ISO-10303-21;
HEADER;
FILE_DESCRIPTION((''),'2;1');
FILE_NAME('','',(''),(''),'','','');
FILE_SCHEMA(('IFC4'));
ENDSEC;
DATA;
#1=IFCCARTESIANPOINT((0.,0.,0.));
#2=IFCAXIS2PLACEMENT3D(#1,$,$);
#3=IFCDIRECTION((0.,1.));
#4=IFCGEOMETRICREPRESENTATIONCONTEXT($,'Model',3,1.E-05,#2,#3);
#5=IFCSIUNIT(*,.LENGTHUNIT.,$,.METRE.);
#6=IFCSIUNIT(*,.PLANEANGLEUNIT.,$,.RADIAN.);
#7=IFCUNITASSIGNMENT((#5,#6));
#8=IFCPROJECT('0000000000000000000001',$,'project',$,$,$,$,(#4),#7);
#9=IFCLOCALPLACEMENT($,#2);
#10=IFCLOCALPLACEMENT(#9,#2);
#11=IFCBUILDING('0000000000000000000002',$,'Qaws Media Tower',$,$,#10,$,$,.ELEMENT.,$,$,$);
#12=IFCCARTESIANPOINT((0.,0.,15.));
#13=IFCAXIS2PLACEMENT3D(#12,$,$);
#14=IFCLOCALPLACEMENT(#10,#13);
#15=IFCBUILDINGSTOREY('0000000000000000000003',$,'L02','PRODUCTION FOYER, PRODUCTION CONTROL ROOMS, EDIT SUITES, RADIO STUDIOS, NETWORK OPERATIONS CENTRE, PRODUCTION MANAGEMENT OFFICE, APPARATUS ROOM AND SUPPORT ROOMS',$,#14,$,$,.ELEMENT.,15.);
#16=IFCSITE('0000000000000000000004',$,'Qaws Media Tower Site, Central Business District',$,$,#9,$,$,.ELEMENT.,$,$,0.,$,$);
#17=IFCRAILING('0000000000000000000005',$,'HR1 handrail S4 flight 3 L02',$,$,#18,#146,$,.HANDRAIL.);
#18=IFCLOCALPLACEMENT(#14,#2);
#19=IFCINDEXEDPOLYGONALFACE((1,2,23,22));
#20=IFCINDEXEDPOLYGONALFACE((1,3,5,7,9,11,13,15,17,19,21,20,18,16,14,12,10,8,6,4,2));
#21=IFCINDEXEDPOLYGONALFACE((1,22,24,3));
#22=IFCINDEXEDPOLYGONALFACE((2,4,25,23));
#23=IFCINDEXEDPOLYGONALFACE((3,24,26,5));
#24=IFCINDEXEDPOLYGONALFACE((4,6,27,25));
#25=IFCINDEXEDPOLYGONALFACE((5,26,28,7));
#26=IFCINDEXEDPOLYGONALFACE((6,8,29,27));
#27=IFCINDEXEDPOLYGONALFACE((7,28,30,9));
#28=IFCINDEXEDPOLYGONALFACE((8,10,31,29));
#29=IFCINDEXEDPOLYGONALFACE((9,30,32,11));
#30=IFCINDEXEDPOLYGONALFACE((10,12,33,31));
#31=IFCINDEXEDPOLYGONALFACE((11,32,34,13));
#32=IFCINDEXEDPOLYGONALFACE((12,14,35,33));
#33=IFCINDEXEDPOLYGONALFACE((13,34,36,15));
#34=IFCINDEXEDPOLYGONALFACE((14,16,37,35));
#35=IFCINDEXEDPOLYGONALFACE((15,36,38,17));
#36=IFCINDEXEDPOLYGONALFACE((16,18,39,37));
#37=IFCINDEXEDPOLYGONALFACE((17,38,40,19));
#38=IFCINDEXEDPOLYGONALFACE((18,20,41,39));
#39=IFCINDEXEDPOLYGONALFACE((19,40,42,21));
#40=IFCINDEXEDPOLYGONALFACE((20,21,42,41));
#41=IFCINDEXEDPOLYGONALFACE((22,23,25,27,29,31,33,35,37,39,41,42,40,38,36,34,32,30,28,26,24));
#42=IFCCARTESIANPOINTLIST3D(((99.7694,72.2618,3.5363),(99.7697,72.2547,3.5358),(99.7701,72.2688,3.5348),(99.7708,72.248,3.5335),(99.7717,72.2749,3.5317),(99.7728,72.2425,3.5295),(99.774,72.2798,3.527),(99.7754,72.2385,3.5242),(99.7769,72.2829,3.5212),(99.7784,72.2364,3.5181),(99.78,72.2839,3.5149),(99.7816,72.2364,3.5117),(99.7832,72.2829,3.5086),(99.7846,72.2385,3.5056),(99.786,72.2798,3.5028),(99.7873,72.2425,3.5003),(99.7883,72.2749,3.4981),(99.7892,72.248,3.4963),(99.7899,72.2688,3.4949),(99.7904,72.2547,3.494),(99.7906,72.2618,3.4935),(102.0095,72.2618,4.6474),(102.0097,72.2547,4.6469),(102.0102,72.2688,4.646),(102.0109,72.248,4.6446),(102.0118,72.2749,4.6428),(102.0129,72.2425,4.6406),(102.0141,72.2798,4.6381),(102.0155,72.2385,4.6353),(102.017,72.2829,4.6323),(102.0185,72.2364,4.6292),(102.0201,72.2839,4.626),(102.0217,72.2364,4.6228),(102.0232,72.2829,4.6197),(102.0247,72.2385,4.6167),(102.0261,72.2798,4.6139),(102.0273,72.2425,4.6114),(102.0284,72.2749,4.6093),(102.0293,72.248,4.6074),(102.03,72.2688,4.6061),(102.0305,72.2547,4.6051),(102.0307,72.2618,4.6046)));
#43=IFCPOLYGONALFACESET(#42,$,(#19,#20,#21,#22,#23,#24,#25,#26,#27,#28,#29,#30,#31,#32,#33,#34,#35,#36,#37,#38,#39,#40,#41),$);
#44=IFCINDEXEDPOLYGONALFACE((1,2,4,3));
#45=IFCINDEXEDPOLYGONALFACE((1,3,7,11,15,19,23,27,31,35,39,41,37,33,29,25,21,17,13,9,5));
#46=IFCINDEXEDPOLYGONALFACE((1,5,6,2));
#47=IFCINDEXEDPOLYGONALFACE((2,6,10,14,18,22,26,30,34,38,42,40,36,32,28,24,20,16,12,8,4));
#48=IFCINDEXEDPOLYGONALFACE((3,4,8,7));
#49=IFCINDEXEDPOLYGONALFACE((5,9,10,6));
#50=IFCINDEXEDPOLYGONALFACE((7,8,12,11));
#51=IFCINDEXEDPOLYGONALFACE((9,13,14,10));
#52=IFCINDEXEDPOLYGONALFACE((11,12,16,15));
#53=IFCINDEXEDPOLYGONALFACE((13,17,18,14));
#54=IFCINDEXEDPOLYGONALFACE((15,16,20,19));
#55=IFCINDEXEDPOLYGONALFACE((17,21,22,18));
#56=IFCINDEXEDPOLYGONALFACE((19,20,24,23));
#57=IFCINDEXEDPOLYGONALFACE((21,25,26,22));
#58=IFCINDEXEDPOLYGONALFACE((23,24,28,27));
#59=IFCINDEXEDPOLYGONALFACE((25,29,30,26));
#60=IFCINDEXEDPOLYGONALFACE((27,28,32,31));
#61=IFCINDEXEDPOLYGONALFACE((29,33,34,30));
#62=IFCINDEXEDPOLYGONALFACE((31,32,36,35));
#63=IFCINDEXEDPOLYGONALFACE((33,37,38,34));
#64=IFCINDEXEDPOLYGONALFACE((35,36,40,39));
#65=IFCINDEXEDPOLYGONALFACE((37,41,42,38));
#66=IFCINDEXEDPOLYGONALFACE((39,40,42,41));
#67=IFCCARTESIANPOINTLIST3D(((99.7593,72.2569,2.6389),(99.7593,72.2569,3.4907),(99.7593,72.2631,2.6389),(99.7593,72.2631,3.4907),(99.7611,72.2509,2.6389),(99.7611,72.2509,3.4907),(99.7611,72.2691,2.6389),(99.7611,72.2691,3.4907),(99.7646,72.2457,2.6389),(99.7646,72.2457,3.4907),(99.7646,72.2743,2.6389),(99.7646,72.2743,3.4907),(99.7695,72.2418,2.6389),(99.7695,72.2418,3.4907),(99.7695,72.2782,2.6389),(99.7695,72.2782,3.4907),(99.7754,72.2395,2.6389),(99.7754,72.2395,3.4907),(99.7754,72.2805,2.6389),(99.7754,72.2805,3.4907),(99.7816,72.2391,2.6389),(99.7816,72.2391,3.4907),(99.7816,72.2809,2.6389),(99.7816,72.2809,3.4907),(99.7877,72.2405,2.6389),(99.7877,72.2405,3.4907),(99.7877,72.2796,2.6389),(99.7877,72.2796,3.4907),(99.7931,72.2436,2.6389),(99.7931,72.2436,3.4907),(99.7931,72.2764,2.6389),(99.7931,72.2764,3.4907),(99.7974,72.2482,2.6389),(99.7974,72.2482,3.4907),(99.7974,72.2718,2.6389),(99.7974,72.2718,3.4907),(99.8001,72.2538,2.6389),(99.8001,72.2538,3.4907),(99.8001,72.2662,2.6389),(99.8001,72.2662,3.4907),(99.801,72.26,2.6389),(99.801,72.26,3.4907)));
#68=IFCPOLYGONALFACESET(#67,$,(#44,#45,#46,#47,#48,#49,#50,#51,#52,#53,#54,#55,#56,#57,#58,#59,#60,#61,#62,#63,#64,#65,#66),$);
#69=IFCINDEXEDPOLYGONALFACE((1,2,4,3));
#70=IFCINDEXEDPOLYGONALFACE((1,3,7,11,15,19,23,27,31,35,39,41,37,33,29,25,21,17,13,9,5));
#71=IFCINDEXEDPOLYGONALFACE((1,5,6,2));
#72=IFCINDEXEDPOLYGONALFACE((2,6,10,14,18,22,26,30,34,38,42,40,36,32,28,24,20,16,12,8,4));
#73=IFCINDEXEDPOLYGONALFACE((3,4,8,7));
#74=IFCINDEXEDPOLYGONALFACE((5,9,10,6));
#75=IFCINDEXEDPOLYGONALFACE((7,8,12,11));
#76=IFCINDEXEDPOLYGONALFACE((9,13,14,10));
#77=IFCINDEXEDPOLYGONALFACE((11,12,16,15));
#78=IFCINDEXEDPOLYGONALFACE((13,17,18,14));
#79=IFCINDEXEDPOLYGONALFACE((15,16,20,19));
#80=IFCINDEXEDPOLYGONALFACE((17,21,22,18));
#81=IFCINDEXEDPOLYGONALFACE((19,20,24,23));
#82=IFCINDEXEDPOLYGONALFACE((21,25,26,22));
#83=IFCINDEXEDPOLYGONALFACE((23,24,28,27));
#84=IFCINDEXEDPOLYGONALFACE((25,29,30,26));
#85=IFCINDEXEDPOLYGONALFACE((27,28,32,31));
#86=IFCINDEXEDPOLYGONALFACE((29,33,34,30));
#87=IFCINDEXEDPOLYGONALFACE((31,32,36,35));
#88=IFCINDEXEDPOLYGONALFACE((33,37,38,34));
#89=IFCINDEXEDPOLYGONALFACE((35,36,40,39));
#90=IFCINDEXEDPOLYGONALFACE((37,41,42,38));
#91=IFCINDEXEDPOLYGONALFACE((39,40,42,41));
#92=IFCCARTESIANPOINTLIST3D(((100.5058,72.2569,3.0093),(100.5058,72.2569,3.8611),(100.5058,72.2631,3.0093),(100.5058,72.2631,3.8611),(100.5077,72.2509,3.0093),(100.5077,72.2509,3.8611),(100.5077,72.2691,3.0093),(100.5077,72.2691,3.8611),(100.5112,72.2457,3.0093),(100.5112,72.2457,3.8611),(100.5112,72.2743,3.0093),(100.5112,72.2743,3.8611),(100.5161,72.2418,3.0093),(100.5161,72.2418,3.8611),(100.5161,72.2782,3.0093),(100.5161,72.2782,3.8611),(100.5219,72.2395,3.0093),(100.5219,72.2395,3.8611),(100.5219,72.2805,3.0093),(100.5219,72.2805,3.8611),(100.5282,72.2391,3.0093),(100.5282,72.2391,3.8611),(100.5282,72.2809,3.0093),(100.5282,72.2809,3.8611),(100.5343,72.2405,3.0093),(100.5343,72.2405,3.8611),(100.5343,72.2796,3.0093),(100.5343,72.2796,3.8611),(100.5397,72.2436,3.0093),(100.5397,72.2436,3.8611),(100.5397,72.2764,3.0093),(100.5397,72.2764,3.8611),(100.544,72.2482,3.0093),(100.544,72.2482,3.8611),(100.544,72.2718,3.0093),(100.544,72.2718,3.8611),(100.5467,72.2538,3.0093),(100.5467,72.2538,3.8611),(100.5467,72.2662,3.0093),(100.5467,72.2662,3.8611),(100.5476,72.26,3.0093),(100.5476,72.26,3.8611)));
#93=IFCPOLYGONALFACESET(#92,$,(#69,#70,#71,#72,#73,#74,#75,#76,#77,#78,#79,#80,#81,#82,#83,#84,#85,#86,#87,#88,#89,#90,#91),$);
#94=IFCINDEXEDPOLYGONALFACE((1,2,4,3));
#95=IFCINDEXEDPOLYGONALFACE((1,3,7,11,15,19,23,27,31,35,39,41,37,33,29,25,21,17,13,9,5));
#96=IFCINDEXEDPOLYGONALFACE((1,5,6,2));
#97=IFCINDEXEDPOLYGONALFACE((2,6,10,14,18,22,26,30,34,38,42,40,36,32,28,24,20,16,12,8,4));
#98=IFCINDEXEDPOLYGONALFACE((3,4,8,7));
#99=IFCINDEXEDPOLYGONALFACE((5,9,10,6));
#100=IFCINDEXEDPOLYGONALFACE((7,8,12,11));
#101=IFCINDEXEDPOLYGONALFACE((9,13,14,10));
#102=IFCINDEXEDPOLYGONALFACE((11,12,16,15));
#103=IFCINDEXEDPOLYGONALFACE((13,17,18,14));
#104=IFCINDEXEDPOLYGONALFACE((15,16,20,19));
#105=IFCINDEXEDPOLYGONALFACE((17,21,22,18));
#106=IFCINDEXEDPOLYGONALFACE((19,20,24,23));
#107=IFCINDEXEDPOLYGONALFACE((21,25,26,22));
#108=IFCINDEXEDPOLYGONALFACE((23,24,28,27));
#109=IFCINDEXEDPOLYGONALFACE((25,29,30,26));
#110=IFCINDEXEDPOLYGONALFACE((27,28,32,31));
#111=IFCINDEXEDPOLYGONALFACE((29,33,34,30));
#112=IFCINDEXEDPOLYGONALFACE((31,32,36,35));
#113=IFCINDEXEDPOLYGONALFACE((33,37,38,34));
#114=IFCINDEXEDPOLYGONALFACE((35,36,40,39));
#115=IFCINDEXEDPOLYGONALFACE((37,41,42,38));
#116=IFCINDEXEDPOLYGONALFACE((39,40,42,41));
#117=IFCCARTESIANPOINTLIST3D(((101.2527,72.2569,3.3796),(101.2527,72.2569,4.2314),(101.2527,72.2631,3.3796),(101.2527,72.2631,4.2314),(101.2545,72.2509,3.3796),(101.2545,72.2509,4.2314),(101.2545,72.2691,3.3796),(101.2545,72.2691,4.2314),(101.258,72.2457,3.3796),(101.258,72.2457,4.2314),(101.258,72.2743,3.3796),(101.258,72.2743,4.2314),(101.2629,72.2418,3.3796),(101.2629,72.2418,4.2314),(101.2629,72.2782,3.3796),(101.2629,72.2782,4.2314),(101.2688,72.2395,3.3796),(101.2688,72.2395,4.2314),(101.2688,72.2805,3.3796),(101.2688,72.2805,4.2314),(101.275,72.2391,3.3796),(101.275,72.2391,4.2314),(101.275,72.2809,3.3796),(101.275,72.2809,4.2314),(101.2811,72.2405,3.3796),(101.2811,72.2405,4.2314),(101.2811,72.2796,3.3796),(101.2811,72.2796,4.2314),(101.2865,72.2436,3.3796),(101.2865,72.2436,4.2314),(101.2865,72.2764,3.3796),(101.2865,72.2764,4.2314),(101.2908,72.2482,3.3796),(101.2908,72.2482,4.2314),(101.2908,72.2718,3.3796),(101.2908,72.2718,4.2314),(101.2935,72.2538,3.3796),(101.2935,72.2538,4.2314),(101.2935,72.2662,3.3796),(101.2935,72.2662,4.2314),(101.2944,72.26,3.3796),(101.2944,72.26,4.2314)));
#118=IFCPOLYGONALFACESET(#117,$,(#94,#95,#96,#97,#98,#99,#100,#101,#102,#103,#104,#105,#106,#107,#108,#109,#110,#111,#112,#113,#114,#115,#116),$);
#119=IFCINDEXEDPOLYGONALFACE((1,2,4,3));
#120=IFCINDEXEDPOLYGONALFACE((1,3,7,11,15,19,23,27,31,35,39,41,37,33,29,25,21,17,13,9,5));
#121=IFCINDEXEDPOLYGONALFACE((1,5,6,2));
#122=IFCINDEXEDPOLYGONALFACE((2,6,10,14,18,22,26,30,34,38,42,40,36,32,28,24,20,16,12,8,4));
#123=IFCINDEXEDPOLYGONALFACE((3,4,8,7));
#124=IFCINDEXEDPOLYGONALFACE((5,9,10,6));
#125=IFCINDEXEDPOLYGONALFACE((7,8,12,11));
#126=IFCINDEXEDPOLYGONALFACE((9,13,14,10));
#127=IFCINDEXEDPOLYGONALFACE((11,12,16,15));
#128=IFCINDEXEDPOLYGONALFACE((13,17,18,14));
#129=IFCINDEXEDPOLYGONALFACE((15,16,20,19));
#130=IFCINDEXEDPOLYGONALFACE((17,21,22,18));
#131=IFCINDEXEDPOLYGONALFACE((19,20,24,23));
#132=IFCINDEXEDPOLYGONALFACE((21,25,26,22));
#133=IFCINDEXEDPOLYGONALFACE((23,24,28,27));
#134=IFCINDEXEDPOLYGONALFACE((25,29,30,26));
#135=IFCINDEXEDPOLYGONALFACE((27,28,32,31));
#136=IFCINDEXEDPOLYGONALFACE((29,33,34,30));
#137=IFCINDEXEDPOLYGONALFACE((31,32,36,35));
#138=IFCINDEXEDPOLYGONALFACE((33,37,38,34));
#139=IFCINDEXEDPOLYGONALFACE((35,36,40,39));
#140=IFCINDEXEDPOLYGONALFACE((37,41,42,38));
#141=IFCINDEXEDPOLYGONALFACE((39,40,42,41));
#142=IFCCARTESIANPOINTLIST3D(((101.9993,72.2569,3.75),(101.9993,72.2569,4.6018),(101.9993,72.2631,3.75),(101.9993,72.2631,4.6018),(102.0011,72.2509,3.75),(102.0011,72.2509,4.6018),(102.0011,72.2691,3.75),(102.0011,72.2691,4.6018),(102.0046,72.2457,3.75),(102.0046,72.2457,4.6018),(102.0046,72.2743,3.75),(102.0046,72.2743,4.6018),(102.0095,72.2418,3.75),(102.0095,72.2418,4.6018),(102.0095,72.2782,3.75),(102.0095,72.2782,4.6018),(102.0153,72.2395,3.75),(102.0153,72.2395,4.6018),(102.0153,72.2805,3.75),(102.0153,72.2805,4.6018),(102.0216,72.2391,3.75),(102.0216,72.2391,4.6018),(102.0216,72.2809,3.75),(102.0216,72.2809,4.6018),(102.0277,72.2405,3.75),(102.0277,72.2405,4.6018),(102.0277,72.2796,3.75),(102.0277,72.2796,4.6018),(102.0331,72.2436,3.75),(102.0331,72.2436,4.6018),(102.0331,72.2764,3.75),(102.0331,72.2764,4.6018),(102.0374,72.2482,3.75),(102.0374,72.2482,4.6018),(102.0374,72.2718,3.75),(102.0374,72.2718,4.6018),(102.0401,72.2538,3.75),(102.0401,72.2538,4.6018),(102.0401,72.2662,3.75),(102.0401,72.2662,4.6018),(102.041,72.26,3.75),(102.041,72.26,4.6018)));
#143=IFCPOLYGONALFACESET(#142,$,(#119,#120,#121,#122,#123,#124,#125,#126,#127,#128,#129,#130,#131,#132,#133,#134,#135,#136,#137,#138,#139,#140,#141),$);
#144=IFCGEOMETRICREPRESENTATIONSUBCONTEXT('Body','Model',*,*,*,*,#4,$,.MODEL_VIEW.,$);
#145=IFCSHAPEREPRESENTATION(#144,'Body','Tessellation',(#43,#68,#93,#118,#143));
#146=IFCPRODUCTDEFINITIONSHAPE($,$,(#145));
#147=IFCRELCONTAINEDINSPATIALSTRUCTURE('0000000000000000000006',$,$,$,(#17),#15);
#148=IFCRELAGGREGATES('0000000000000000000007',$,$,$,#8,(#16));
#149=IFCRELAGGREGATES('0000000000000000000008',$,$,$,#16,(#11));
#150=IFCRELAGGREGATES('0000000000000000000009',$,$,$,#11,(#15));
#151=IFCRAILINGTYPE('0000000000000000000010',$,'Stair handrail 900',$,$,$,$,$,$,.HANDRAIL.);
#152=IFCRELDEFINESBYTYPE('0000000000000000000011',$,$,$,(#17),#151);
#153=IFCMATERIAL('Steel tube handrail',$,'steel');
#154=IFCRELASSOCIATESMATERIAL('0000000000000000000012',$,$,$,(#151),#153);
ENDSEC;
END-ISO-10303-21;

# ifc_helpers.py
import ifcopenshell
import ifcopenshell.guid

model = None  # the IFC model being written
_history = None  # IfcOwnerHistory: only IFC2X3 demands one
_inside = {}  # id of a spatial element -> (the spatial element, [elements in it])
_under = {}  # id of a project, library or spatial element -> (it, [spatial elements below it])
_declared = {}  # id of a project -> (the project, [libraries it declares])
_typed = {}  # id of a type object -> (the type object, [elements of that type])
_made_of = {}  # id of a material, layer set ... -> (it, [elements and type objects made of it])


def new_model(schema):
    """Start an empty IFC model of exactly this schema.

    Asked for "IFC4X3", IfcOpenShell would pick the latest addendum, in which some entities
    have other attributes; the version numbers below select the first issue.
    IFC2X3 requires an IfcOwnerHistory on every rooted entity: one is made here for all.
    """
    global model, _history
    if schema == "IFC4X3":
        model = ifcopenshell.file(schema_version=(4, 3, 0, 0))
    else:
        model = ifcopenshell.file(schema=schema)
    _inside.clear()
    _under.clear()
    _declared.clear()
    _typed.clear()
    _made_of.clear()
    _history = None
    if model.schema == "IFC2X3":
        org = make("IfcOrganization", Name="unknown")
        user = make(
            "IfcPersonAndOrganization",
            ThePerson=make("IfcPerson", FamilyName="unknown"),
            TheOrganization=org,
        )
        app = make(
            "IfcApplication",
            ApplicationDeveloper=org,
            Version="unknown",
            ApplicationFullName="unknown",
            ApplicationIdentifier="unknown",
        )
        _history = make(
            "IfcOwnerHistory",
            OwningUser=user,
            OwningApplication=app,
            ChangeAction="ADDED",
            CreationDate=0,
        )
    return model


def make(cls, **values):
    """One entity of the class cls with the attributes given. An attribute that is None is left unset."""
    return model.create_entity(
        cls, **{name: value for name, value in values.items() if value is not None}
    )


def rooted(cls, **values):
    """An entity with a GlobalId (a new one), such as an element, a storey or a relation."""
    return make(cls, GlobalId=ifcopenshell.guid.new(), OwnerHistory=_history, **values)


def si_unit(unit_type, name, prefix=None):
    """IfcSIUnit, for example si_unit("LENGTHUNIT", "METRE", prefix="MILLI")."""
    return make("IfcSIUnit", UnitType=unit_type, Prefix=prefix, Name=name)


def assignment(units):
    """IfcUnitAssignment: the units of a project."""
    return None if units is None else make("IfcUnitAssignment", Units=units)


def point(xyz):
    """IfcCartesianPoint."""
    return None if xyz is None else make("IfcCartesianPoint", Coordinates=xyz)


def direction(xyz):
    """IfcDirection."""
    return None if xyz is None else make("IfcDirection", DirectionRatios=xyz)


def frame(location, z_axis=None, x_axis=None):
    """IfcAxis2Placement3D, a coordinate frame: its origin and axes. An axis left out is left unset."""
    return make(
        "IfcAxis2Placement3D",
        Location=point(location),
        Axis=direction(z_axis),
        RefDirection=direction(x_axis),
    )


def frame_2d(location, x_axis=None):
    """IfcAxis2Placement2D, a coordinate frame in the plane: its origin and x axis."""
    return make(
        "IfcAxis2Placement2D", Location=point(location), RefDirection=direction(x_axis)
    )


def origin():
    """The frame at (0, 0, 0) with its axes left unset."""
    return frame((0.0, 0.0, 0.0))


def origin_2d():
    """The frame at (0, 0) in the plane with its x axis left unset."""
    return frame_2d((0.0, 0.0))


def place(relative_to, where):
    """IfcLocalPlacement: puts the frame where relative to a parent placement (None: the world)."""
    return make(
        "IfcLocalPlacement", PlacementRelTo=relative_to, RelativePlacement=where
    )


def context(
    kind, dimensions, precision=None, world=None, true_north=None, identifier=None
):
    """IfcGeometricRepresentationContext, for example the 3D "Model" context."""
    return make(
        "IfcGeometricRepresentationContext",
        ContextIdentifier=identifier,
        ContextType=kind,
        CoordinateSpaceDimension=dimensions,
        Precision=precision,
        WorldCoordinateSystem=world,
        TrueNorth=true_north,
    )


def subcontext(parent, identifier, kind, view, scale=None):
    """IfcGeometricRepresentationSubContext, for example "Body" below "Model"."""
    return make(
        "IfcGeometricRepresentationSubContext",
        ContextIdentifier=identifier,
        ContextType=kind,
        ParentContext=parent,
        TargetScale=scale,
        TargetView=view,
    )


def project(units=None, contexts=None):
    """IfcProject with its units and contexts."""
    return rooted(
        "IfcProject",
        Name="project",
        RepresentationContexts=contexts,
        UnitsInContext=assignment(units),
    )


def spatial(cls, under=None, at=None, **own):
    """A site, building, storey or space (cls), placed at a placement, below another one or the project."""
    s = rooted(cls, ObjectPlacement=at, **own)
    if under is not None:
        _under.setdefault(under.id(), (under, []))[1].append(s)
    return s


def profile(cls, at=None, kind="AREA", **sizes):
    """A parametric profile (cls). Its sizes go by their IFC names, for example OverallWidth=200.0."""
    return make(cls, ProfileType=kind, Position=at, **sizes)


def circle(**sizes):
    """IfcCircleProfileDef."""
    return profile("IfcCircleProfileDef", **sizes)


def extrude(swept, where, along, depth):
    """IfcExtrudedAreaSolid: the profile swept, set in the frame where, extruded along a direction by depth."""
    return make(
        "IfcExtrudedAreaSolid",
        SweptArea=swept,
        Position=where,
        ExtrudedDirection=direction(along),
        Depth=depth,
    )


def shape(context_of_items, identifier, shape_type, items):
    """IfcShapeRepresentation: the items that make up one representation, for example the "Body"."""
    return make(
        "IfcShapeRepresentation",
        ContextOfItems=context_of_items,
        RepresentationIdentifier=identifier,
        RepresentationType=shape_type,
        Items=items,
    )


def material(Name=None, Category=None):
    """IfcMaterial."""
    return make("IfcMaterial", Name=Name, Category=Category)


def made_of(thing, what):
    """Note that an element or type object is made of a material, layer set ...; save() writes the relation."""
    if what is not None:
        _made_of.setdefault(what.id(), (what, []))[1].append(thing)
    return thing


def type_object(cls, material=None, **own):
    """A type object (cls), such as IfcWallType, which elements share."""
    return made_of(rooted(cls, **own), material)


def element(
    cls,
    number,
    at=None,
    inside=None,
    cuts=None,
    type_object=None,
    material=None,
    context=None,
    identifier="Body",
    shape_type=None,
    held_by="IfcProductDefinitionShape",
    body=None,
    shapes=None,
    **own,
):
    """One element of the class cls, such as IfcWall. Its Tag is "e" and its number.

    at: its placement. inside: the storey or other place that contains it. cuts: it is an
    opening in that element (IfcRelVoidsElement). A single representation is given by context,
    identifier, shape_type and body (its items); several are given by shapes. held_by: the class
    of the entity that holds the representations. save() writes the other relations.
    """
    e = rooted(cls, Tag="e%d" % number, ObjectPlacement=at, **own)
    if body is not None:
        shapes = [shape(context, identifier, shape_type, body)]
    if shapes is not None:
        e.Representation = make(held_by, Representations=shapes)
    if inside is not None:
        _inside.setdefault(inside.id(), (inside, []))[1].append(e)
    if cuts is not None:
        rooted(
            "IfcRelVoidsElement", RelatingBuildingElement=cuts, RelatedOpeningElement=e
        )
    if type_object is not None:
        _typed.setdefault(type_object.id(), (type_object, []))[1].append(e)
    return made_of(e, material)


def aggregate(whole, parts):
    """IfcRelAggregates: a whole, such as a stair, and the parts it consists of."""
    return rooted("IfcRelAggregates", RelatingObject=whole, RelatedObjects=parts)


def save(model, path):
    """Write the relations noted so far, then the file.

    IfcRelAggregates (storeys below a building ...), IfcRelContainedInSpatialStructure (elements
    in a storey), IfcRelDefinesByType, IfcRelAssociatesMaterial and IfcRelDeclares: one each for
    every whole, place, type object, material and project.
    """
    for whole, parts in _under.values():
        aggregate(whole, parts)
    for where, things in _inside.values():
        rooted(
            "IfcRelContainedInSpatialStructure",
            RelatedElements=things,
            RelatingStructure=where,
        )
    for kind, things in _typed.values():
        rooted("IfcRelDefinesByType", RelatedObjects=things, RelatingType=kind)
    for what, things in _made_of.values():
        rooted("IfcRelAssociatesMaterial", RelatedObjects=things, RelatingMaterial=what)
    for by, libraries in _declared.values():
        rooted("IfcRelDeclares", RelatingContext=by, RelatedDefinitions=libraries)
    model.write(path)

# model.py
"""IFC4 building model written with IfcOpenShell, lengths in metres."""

from ifc_helpers import new_model, si_unit, direction, frame, origin, origin_2d, place, context, subcontext, project, spatial, circle, extrude, material, type_object, element, save


model = new_model("IFC4")

# Units and contexts
model_context = context("Model", 3, precision=1e-05, world=origin(), true_north=direction((0.0, 1.0)))
body_context = subcontext(model_context, "Body", "Model", "MODEL_VIEW")
ifc_project = project(units=[si_unit("LENGTHUNIT", "METRE"), si_unit("PLANEANGLEUNIT", "RADIAN")], contexts=[model_context])

# Site, building, storey
site_placement = place(None, origin())
site = spatial("IfcSite", under=ifc_project, at=site_placement, Name="Qaws Media Tower Site, Central Business District", CompositionType="ELEMENT", RefElevation=0.0)
building_placement = place(site_placement, origin())
building = spatial("IfcBuilding", under=site, at=building_placement, Name="Qaws Media Tower", CompositionType="ELEMENT")
storey_placement = place(building_placement, frame((0.0, 0.0, 15.0)))
storey = spatial("IfcBuildingStorey", under=building, at=storey_placement, Name="L02", Description="PRODUCTION FOYER, PRODUCTION CONTROL ROOMS, EDIT SUITES, RADIO STUDIOS, NETWORK OPERATIONS CENTRE, PRODUCTION MANAGEMENT OFFICE, APPARATUS ROOM AND SUPPORT ROOMS", CompositionType="ELEMENT", Elevation=15.0)

# Railing
ifc_material_1 = material(Name="Steel tube handrail", Category="steel")
railing_type = type_object("IfcRailingType", Name="Stair handrail 900", PredefinedType="HANDRAIL", material=ifc_material_1)
for number, where, name in (
    (1, (99.78, 72.26, 2.6389), "HR1 handrail S4 flight 3 L02"),
):
    element("IfcRailing", number, at=place(storey_placement, frame(where)), inside=storey, type_object=railing_type, Name=name, PredefinedType="HANDRAIL", context=body_context, shape_type="SweptSolid", body=[
        extrude(circle(Radius=0.0239, at=origin_2d()), frame((0.0, 0.0, 0.876), z_axis=(0.895848, 0.0, 0.44436), x_axis=(0.0, 1.0, 0.0)), (0.0, 0.0, 1.0), 2.5005),
        extrude(circle(Radius=0.021, at=origin_2d()), origin(), (0.0, 0.0, 1.0), 0.8518),
        extrude(circle(Radius=0.021, at=origin_2d()), frame((0.7466, 0.0, 0.3704)), (0.0, 0.0, 1.0), 0.8518),
        extrude(circle(Radius=0.021, at=origin_2d()), frame((1.4934, 0.0, 0.7407)), (0.0, 0.0, 1.0), 0.8518),
        extrude(circle(Radius=0.021, at=origin_2d()), frame((2.24, 0.0, 1.1111)), (0.0, 0.0, 1.0), 0.8518),
    ])

save(model, "model.ifc")
